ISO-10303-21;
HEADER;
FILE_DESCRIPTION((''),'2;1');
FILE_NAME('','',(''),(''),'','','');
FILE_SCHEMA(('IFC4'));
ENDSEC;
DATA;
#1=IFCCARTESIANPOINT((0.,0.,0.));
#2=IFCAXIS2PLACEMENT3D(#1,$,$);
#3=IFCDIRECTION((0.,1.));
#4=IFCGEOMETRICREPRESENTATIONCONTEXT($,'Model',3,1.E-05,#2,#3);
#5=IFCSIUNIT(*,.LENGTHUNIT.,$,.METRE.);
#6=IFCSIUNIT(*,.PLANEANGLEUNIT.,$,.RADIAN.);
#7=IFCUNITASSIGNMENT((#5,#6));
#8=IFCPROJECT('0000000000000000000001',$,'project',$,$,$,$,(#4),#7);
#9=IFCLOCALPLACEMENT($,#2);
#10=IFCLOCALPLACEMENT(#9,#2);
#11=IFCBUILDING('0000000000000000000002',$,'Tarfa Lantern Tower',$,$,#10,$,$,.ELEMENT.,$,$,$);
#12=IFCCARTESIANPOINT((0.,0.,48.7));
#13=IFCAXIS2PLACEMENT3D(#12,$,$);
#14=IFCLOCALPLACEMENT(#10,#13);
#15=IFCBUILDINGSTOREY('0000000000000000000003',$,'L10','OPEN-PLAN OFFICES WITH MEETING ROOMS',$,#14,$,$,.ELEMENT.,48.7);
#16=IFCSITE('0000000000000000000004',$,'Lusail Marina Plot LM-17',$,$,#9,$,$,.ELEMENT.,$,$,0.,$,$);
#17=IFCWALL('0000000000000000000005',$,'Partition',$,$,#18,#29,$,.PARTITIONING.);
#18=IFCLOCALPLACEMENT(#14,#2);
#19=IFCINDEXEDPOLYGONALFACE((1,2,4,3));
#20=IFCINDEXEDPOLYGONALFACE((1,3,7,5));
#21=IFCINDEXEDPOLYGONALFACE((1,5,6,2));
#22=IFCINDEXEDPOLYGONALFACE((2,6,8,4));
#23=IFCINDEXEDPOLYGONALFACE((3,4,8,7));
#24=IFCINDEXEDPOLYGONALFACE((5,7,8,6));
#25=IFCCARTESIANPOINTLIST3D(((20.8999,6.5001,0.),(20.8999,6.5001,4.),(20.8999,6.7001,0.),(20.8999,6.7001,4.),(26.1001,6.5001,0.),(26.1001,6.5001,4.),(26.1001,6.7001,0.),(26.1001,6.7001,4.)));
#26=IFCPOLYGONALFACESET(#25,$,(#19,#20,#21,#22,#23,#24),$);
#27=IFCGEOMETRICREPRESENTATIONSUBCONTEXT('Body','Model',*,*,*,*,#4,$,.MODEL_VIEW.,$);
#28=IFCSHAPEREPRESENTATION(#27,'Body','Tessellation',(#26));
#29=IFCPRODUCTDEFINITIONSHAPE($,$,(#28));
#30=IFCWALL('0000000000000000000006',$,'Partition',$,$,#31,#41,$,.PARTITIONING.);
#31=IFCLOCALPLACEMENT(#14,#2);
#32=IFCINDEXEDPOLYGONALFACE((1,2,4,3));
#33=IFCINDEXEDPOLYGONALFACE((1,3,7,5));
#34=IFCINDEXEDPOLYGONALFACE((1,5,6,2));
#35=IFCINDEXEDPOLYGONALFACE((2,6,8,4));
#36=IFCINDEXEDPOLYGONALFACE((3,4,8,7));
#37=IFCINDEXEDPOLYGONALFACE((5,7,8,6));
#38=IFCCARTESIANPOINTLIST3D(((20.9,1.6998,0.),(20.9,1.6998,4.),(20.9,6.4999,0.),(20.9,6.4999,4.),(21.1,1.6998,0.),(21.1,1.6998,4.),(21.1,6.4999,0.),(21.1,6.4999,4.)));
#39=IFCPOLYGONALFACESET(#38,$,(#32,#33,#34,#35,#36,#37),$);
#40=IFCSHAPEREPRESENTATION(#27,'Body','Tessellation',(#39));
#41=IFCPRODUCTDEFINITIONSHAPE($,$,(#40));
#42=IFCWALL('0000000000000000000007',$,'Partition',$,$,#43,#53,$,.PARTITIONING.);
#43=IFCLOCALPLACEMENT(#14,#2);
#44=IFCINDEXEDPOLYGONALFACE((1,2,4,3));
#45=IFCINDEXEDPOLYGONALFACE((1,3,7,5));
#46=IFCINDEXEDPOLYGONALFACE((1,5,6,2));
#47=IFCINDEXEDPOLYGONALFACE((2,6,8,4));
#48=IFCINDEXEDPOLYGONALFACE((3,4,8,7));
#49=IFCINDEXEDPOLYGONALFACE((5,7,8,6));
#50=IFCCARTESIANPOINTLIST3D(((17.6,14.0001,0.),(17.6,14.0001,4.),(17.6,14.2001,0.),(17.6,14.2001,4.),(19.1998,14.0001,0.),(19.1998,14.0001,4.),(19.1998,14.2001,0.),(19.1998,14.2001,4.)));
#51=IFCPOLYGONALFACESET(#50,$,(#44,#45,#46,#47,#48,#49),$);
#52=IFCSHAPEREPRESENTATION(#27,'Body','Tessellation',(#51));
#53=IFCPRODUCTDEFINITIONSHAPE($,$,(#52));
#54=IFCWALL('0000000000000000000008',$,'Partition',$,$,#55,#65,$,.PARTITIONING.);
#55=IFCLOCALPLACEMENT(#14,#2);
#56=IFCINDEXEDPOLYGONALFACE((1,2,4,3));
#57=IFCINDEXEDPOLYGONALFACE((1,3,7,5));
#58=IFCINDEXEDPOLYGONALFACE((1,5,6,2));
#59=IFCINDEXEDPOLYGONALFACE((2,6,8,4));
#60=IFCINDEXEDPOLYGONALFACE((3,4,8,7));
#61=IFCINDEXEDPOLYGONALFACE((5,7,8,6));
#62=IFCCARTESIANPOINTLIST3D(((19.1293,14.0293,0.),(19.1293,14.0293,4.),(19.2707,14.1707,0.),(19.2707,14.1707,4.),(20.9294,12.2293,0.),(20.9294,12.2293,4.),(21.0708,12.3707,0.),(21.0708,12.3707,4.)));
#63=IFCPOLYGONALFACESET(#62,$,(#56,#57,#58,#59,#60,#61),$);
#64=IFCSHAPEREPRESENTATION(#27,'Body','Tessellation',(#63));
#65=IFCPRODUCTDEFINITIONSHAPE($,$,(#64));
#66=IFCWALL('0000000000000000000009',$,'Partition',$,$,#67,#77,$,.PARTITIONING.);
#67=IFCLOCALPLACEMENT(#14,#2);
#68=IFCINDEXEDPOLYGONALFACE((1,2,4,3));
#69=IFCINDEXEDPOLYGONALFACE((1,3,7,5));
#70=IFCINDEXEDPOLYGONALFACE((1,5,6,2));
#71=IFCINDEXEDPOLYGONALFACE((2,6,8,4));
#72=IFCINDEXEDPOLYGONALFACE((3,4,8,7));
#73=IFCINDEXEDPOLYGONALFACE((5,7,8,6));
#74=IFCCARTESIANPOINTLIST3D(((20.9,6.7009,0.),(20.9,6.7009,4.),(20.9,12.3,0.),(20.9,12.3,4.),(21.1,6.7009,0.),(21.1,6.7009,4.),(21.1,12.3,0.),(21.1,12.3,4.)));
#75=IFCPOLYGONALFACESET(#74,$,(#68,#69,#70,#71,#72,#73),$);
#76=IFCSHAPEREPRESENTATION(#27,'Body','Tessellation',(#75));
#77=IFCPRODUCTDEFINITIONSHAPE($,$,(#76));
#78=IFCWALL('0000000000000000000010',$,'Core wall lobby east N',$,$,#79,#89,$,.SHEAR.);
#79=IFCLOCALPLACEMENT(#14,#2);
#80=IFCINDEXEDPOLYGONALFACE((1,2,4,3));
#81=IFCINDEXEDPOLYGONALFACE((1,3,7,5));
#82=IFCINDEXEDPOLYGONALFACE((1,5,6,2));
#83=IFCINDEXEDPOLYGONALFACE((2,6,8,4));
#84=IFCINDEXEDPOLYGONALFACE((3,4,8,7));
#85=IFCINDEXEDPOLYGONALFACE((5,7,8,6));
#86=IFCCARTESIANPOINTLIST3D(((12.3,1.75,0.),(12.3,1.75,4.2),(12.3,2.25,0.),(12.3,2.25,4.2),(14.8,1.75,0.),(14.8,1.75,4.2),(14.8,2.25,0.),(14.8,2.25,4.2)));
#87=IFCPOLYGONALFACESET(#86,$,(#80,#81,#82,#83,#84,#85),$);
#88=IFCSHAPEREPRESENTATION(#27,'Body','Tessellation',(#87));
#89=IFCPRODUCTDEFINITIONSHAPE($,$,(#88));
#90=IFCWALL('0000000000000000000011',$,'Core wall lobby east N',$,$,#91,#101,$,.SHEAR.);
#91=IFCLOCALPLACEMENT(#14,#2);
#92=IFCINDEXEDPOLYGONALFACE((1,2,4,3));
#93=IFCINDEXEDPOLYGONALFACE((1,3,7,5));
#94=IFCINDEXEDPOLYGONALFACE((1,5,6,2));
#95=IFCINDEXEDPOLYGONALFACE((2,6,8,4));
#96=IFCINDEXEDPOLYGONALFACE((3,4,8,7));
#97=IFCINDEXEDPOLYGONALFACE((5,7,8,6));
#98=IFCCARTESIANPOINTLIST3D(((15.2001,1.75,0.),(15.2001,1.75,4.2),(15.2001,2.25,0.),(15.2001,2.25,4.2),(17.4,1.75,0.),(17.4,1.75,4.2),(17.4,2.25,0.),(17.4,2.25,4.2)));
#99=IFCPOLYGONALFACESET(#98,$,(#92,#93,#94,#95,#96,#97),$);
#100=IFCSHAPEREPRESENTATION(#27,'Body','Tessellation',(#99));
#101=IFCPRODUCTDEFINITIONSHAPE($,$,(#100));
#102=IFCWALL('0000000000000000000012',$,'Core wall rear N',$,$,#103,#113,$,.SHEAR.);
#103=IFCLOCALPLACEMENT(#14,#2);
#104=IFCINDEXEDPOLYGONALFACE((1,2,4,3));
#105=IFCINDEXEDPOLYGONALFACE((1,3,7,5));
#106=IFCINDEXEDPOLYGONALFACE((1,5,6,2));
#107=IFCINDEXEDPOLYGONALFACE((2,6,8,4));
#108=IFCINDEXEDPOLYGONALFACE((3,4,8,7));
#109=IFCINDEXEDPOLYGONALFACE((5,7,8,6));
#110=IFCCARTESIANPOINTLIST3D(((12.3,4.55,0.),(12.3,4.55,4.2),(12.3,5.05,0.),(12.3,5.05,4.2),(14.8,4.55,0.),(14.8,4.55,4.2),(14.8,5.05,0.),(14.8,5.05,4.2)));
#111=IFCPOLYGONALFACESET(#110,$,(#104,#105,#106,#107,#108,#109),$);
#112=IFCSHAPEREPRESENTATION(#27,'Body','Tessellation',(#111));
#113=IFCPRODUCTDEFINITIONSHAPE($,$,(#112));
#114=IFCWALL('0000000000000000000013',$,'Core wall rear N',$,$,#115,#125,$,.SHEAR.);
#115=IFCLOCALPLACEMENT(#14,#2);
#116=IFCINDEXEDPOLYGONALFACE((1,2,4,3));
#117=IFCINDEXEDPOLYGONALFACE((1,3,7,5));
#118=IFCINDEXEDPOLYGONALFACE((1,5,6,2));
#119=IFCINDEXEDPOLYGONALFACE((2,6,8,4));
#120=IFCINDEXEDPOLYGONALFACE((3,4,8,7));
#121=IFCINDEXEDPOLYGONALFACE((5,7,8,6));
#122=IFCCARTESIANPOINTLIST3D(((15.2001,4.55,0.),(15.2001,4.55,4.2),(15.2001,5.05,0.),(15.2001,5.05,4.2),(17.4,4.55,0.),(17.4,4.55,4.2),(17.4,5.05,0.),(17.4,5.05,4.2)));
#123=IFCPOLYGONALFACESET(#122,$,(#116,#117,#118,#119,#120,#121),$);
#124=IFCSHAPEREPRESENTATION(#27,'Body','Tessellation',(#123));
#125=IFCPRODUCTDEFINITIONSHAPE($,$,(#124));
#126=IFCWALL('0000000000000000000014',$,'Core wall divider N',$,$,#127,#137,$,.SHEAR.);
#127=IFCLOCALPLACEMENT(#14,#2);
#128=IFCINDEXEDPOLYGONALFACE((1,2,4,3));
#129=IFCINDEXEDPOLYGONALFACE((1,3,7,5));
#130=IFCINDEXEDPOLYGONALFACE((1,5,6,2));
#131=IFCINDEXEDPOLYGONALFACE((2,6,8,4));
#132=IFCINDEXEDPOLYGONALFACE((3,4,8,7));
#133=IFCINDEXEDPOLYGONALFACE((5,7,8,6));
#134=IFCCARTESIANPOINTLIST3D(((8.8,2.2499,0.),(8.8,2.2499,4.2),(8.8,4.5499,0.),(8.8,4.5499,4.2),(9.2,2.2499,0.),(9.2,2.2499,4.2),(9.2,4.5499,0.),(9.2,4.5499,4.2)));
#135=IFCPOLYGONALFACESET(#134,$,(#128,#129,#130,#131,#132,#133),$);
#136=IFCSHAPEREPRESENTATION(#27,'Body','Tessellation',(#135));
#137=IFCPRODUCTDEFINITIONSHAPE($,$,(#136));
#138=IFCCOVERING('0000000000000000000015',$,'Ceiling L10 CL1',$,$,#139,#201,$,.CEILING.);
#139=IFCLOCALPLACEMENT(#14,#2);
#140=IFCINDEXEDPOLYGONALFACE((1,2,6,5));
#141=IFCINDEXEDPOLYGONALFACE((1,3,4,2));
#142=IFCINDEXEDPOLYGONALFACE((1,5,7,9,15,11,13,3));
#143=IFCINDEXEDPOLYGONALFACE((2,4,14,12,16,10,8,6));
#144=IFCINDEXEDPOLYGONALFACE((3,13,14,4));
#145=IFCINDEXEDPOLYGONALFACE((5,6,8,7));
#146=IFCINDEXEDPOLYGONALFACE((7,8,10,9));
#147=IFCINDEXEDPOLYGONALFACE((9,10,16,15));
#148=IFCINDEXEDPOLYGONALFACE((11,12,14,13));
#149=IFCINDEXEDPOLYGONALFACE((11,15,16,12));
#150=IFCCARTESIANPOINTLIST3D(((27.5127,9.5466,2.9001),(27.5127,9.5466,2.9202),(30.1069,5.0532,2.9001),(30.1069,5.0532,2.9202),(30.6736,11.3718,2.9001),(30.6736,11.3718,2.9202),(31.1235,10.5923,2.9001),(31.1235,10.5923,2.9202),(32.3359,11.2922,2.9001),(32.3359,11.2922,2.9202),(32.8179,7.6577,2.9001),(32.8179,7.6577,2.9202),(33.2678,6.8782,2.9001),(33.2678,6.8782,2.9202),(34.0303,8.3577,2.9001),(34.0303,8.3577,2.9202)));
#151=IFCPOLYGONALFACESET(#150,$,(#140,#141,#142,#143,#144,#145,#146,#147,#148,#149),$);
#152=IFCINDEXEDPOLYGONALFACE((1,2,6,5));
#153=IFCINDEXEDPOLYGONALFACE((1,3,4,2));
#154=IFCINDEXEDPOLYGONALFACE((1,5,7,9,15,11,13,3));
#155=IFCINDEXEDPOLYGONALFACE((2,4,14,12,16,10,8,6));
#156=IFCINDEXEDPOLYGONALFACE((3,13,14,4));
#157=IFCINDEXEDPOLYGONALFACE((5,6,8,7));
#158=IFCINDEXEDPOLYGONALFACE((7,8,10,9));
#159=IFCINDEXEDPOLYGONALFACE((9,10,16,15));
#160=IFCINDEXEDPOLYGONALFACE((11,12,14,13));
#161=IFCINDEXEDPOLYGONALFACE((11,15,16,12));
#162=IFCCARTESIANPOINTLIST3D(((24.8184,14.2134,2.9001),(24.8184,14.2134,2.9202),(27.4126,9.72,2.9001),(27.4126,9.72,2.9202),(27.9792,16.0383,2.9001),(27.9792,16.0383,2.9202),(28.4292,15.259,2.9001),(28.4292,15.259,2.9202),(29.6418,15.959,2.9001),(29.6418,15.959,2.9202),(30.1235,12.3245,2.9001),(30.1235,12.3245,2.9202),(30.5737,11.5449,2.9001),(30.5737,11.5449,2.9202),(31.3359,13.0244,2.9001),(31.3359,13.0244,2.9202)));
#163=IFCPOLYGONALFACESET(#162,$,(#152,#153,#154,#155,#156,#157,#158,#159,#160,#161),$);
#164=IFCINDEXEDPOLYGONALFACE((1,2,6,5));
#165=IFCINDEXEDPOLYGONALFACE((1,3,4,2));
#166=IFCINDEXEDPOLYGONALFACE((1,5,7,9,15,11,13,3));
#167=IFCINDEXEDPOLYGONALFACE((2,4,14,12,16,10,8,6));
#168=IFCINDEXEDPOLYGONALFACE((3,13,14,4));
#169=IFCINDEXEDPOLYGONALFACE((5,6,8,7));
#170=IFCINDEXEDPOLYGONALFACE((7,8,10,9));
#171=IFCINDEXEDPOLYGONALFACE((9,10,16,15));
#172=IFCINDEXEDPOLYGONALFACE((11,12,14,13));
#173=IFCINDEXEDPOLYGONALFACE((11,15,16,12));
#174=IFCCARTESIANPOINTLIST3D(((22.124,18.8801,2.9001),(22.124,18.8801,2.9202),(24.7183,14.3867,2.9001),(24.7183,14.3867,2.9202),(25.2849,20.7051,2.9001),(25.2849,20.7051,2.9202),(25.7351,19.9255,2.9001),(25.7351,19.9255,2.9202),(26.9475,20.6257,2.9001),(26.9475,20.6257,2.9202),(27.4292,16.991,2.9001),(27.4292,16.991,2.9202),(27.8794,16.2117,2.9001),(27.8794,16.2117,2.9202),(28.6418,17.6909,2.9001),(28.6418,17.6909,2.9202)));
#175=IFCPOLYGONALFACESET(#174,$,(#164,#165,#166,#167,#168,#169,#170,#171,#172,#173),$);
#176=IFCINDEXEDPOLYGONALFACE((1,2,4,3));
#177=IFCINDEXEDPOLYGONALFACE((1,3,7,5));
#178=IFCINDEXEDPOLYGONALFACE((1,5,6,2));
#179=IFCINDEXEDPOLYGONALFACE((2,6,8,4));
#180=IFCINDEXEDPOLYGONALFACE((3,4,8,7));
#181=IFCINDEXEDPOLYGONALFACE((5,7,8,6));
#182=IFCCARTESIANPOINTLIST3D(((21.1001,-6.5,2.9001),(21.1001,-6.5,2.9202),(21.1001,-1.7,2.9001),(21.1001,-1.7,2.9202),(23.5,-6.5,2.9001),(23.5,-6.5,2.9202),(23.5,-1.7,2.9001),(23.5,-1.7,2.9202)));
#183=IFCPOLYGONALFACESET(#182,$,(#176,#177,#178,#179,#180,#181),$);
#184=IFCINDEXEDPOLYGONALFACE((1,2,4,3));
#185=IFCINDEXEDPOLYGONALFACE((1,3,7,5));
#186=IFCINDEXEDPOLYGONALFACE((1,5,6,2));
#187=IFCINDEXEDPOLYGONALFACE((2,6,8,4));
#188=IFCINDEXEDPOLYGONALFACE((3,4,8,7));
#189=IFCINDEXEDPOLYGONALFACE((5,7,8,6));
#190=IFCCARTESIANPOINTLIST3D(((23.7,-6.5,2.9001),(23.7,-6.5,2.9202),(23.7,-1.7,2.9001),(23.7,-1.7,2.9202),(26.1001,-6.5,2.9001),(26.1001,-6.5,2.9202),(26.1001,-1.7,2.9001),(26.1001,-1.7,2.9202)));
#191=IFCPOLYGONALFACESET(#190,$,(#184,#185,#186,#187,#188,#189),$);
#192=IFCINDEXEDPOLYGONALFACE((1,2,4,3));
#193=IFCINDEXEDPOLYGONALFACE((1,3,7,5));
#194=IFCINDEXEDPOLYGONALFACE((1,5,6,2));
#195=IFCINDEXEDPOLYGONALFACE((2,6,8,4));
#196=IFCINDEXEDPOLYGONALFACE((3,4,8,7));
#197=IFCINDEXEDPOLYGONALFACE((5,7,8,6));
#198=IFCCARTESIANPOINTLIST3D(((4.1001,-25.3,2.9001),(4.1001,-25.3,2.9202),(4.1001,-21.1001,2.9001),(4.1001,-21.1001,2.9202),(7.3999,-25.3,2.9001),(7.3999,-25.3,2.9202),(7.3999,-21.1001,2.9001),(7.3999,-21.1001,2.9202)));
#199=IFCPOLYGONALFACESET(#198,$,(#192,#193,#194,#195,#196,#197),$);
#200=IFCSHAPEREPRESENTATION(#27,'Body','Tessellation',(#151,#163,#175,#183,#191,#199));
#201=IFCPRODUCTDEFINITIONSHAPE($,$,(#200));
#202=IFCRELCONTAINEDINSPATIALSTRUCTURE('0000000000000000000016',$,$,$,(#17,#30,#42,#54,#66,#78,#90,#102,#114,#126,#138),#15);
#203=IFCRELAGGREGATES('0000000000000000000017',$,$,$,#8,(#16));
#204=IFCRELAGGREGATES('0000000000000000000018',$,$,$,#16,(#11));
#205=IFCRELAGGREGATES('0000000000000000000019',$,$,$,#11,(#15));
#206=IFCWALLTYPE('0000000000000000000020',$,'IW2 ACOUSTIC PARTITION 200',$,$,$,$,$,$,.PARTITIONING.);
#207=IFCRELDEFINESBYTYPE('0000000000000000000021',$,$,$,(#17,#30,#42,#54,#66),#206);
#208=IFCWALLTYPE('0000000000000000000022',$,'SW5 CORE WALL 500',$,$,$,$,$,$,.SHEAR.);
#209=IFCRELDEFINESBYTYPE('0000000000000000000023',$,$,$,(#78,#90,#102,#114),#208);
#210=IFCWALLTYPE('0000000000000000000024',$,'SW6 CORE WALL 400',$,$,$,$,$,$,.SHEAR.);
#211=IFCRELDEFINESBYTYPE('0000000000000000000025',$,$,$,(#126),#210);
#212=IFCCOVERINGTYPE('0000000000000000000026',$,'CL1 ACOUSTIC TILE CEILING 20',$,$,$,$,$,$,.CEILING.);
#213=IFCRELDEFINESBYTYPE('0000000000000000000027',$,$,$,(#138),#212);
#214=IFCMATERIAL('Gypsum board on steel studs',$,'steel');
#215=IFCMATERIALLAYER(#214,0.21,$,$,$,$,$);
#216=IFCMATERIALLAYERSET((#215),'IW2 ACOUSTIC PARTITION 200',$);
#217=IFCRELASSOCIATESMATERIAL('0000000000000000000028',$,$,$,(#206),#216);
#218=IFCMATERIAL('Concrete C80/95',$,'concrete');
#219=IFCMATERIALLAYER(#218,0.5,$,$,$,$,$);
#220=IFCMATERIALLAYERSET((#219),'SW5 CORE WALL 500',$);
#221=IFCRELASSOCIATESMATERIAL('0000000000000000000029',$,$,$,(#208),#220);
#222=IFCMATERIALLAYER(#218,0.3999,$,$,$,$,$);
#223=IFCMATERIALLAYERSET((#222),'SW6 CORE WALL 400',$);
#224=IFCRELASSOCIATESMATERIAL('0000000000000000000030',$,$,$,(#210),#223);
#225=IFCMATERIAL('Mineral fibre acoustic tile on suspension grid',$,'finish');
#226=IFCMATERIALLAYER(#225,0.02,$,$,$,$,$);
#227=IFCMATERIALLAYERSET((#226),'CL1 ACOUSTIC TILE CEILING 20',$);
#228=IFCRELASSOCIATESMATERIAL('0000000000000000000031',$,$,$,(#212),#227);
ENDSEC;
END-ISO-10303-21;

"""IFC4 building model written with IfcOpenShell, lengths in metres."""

from ifc_helpers import new_model, si_unit, direction, frame, frame_2d, origin, place, context, subcontext, project, spatial, polyline, rectangle, outline, extrude, material, layer, layer_set, type_object, element, save


model = new_model("IFC4")

# Units and contexts
model_context = context("Model", 3, precision=1e-05, world=origin(), true_north=direction((0.0, 1.0)))
body_context = subcontext(model_context, "Body", "Model", "MODEL_VIEW")
ifc_project = project(units=[si_unit("LENGTHUNIT", "METRE"), si_unit("PLANEANGLEUNIT", "RADIAN")], contexts=[model_context])

# Site, building, storey
site_placement = place(None, origin())
site = spatial("IfcSite", under=ifc_project, at=site_placement, Name="Lusail Marina Plot LM-17", CompositionType="ELEMENT", RefElevation=0.0)
building_placement = place(site_placement, origin())
building = spatial("IfcBuilding", under=site, at=building_placement, Name="Tarfa Lantern Tower", CompositionType="ELEMENT")
storey_placement = place(building_placement, frame((0.0, 0.0, 48.7)))
storey = spatial("IfcBuildingStorey", under=building, at=storey_placement, Name="L10", Description="OPEN-PLAN OFFICES WITH MEETING ROOMS", CompositionType="ELEMENT", Elevation=48.7)

# Shared definitions
ifc_material_1 = material(Name="Gypsum board on steel studs", Category="steel")
ifc_layer_1 = layer(ifc_material_1, 0.21)
ifc_layer_set_1 = layer_set([ifc_layer_1], Name="IW2 ACOUSTIC PARTITION 200")
wall_type_1 = type_object("IfcWallType", Name="IW2 ACOUSTIC PARTITION 200", PredefinedType="PARTITIONING", material=ifc_layer_set_1)

# Walls
wall_1_placement = place(storey_placement, frame((20.8999, 6.6001, 0.0), z_axis=(0.0, 0.0, 1.0), x_axis=(1.0, 0.0, 0.0)))
element("IfcWall", 1, at=wall_1_placement, inside=storey, type_object=wall_type_1, Name="Partition", PredefinedType="PARTITIONING", context=body_context, shape_type="SweptSolid", body=[
    extrude(rectangle(XDim=5.2002, YDim=0.2, at=frame_2d((2.6001, 0.0))), origin(), (0.0, 0.0, 1.0), 4.0),
])
wall_2_placement = place(storey_placement, frame((21.0, 1.7, 0.0), z_axis=(0.0, 0.0, 1.0), x_axis=(0.0, 1.0, 0.0)))
element("IfcWall", 2, at=wall_2_placement, inside=storey, type_object=wall_type_1, Name="Partition", PredefinedType="PARTITIONING", context=body_context, shape_type="SweptSolid", body=[
    extrude(rectangle(XDim=4.8, YDim=0.2, at=frame_2d((2.3999, 0.0))), origin(), (0.0, 0.0, 1.0), 4.0),
])
wall_3_placement = place(storey_placement, frame((17.6001, 14.1001, 0.0), z_axis=(0.0, 0.0, 1.0), x_axis=(1.0, 0.0, 0.0)))
element("IfcWall", 3, at=wall_3_placement, inside=storey, type_object=wall_type_1, Name="Partition", PredefinedType="PARTITIONING", context=body_context, shape_type="SweptSolid", body=[
    extrude(rectangle(XDim=1.5999, YDim=0.2, at=frame_2d((0.7998, 0.0))), origin(), (0.0, 0.0, 1.0), 4.0),
])
wall_4_placement = place(storey_placement, frame((19.2, 14.1001, 0.0), z_axis=(0.0, 0.0, 1.0), x_axis=(0.707107, -0.707107, 0.0)))
element("IfcWall", 4, at=wall_4_placement, inside=storey, type_object=wall_type_1, Name="Partition", PredefinedType="PARTITIONING", context=body_context, shape_type="SweptSolid", body=[
    extrude(rectangle(XDim=2.5457, YDim=0.2, at=frame_2d((1.2729, 0.0))), origin(), (0.0, 0.0, 1.0), 4.0),
])

# Walls
wall_5_placement = place(storey_placement, frame((21.0, 12.3, 0.0), z_axis=(0.0, 0.0, 1.0), x_axis=(0.0, -1.0, 0.0)))
element("IfcWall", 5, at=wall_5_placement, inside=storey, type_object=wall_type_1, Name="Partition", PredefinedType="PARTITIONING", context=body_context, shape_type="SweptSolid", body=[
    extrude(rectangle(XDim=5.5991, YDim=0.2, at=frame_2d((2.7996, 0.0))), origin(), (0.0, 0.0, 1.0), 4.0),
])
ifc_material_2 = material(Name="Concrete C80/95", Category="concrete")
ifc_layer_2 = layer(ifc_material_2, 0.5)
ifc_layer_set_2 = layer_set([ifc_layer_2], Name="SW5 CORE WALL 500")
wall_type_2 = type_object("IfcWallType", Name="SW5 CORE WALL 500", PredefinedType="SHEAR", material=ifc_layer_set_2)
wall_6_placement = place(storey_placement, frame((12.3, 2.0, 0.0), z_axis=(0.0, 0.0, 1.0), x_axis=(1.0, 0.0, 0.0)))
element("IfcWall", 6, at=wall_6_placement, inside=storey, type_object=wall_type_2, Name="Core wall lobby east N", PredefinedType="SHEAR", context=body_context, shape_type="SweptSolid", body=[
    extrude(rectangle(XDim=2.5, YDim=0.5, at=frame_2d((1.25, 0.0))), origin(), (0.0, 0.0, 1.0), 4.2),
])
wall_7_placement = place(storey_placement, frame((15.2, 2.0, 0.0), z_axis=(0.0, 0.0, 1.0), x_axis=(1.0, 0.0, 0.0)))
element("IfcWall", 7, at=wall_7_placement, inside=storey, type_object=wall_type_2, Name="Core wall lobby east N", PredefinedType="SHEAR", context=body_context, shape_type="SweptSolid", body=[
    extrude(rectangle(XDim=2.2, YDim=0.5, at=frame_2d((1.1001, 0.0))), origin(), (0.0, 0.0, 1.0), 4.2),
])
wall_8_placement = place(storey_placement, frame((12.3, 4.8, 0.0), z_axis=(0.0, 0.0, 1.0), x_axis=(1.0, 0.0, 0.0)))
element("IfcWall", 8, at=wall_8_placement, inside=storey, type_object=wall_type_2, Name="Core wall rear N", PredefinedType="SHEAR", context=body_context, shape_type="SweptSolid", body=[
    extrude(rectangle(XDim=2.5, YDim=0.5, at=frame_2d((1.25, 0.0))), origin(), (0.0, 0.0, 1.0), 4.2),
])
wall_9_placement = place(storey_placement, frame((15.2, 4.8, 0.0), z_axis=(0.0, 0.0, 1.0), x_axis=(1.0, 0.0, 0.0)))
element("IfcWall", 9, at=wall_9_placement, inside=storey, type_object=wall_type_2, Name="Core wall rear N", PredefinedType="SHEAR", context=body_context, shape_type="SweptSolid", body=[
    extrude(rectangle(XDim=2.2, YDim=0.5, at=frame_2d((1.1001, 0.0))), origin(), (0.0, 0.0, 1.0), 4.2),
])
ifc_layer_3 = layer(ifc_material_2, 0.3999)
ifc_layer_set_3 = layer_set([ifc_layer_3], Name="SW6 CORE WALL 400")
wall_type_3 = type_object("IfcWallType", Name="SW6 CORE WALL 400", PredefinedType="SHEAR", material=ifc_layer_set_3)
wall_10_placement = place(storey_placement, frame((9.0, 2.25, 0.0), z_axis=(0.0, 0.0, 1.0), x_axis=(0.0, 1.0, 0.0)))
element("IfcWall", 10, at=wall_10_placement, inside=storey, type_object=wall_type_3, Name="Core wall divider N", PredefinedType="SHEAR", context=body_context, shape_type="SweptSolid", body=[
    extrude(rectangle(XDim=2.3, YDim=0.3999, at=frame_2d((1.1499, 0.0))), origin(), (0.0, 0.0, 1.0), 4.2),
])

# Covering
ifc_material_3 = material(Name="Mineral fibre acoustic tile on suspension grid", Category="finish")
ifc_layer_4 = layer(ifc_material_3, 0.02)
ifc_layer_set_4 = layer_set([ifc_layer_4], Name="CL1 ACOUSTIC TILE CEILING 20")
covering_type_1 = type_object("IfcCoveringType", Name="CL1 ACOUSTIC TILE CEILING 20", PredefinedType="CEILING", material=ifc_layer_set_4)
covering_1_placement = place(storey_placement, frame((0.0, 0.0, 2.9001)))
element("IfcCovering", 11, at=covering_1_placement, inside=storey, type_object=covering_type_1, Name="Ceiling L10 CL1", PredefinedType="CEILING", context=body_context, shape_type="SweptSolid", body=[
    extrude(outline(polyline([(27.5127, 9.5466), (30.6736, 11.3718), (31.1235, 10.5923), (32.3359, 11.2922), (34.0303, 8.3577), (32.8179, 7.6577), (33.2678, 6.8782), (30.1069, 5.0532), (27.5127, 9.5466)])), origin(), (0.0, 0.0, 1.0), 0.02),
    extrude(outline(polyline([(24.8184, 14.2134), (27.9792, 16.0383), (28.4292, 15.259), (29.6418, 15.959), (31.3359, 13.0244), (30.1235, 12.3245), (30.5737, 11.5449), (27.4126, 9.72), (24.8184, 14.2134)])), origin(), (0.0, 0.0, 1.0), 0.02),
    extrude(outline(polyline([(22.124, 18.8801), (25.2849, 20.7051), (25.7351, 19.9255), (26.9475, 20.6257), (28.6418, 17.6909), (27.4292, 16.991), (27.8794, 16.2117), (24.7183, 14.3867), (22.124, 18.8801)])), origin(), (0.0, 0.0, 1.0), 0.02),
    extrude(outline(polyline([(21.1001, -1.7), (23.5, -1.7), (23.5, -6.5), (21.1001, -6.5), (21.1001, -1.7)])), origin(), (0.0, 0.0, 1.0), 0.02),
    extrude(outline(polyline([(23.7, -1.7), (26.1001, -1.7), (26.1001, -6.5), (23.7, -6.5), (23.7, -1.7)])), origin(), (0.0, 0.0, 1.0), 0.02),
    extrude(outline(polyline([(7.3999, -25.3), (4.1001, -25.3), (4.1001, -21.1001), (7.3999, -21.1001), (7.3999, -25.3)])), origin(), (0.0, 0.0, 1.0), 0.02),
])

save(model, "model.ifc")
